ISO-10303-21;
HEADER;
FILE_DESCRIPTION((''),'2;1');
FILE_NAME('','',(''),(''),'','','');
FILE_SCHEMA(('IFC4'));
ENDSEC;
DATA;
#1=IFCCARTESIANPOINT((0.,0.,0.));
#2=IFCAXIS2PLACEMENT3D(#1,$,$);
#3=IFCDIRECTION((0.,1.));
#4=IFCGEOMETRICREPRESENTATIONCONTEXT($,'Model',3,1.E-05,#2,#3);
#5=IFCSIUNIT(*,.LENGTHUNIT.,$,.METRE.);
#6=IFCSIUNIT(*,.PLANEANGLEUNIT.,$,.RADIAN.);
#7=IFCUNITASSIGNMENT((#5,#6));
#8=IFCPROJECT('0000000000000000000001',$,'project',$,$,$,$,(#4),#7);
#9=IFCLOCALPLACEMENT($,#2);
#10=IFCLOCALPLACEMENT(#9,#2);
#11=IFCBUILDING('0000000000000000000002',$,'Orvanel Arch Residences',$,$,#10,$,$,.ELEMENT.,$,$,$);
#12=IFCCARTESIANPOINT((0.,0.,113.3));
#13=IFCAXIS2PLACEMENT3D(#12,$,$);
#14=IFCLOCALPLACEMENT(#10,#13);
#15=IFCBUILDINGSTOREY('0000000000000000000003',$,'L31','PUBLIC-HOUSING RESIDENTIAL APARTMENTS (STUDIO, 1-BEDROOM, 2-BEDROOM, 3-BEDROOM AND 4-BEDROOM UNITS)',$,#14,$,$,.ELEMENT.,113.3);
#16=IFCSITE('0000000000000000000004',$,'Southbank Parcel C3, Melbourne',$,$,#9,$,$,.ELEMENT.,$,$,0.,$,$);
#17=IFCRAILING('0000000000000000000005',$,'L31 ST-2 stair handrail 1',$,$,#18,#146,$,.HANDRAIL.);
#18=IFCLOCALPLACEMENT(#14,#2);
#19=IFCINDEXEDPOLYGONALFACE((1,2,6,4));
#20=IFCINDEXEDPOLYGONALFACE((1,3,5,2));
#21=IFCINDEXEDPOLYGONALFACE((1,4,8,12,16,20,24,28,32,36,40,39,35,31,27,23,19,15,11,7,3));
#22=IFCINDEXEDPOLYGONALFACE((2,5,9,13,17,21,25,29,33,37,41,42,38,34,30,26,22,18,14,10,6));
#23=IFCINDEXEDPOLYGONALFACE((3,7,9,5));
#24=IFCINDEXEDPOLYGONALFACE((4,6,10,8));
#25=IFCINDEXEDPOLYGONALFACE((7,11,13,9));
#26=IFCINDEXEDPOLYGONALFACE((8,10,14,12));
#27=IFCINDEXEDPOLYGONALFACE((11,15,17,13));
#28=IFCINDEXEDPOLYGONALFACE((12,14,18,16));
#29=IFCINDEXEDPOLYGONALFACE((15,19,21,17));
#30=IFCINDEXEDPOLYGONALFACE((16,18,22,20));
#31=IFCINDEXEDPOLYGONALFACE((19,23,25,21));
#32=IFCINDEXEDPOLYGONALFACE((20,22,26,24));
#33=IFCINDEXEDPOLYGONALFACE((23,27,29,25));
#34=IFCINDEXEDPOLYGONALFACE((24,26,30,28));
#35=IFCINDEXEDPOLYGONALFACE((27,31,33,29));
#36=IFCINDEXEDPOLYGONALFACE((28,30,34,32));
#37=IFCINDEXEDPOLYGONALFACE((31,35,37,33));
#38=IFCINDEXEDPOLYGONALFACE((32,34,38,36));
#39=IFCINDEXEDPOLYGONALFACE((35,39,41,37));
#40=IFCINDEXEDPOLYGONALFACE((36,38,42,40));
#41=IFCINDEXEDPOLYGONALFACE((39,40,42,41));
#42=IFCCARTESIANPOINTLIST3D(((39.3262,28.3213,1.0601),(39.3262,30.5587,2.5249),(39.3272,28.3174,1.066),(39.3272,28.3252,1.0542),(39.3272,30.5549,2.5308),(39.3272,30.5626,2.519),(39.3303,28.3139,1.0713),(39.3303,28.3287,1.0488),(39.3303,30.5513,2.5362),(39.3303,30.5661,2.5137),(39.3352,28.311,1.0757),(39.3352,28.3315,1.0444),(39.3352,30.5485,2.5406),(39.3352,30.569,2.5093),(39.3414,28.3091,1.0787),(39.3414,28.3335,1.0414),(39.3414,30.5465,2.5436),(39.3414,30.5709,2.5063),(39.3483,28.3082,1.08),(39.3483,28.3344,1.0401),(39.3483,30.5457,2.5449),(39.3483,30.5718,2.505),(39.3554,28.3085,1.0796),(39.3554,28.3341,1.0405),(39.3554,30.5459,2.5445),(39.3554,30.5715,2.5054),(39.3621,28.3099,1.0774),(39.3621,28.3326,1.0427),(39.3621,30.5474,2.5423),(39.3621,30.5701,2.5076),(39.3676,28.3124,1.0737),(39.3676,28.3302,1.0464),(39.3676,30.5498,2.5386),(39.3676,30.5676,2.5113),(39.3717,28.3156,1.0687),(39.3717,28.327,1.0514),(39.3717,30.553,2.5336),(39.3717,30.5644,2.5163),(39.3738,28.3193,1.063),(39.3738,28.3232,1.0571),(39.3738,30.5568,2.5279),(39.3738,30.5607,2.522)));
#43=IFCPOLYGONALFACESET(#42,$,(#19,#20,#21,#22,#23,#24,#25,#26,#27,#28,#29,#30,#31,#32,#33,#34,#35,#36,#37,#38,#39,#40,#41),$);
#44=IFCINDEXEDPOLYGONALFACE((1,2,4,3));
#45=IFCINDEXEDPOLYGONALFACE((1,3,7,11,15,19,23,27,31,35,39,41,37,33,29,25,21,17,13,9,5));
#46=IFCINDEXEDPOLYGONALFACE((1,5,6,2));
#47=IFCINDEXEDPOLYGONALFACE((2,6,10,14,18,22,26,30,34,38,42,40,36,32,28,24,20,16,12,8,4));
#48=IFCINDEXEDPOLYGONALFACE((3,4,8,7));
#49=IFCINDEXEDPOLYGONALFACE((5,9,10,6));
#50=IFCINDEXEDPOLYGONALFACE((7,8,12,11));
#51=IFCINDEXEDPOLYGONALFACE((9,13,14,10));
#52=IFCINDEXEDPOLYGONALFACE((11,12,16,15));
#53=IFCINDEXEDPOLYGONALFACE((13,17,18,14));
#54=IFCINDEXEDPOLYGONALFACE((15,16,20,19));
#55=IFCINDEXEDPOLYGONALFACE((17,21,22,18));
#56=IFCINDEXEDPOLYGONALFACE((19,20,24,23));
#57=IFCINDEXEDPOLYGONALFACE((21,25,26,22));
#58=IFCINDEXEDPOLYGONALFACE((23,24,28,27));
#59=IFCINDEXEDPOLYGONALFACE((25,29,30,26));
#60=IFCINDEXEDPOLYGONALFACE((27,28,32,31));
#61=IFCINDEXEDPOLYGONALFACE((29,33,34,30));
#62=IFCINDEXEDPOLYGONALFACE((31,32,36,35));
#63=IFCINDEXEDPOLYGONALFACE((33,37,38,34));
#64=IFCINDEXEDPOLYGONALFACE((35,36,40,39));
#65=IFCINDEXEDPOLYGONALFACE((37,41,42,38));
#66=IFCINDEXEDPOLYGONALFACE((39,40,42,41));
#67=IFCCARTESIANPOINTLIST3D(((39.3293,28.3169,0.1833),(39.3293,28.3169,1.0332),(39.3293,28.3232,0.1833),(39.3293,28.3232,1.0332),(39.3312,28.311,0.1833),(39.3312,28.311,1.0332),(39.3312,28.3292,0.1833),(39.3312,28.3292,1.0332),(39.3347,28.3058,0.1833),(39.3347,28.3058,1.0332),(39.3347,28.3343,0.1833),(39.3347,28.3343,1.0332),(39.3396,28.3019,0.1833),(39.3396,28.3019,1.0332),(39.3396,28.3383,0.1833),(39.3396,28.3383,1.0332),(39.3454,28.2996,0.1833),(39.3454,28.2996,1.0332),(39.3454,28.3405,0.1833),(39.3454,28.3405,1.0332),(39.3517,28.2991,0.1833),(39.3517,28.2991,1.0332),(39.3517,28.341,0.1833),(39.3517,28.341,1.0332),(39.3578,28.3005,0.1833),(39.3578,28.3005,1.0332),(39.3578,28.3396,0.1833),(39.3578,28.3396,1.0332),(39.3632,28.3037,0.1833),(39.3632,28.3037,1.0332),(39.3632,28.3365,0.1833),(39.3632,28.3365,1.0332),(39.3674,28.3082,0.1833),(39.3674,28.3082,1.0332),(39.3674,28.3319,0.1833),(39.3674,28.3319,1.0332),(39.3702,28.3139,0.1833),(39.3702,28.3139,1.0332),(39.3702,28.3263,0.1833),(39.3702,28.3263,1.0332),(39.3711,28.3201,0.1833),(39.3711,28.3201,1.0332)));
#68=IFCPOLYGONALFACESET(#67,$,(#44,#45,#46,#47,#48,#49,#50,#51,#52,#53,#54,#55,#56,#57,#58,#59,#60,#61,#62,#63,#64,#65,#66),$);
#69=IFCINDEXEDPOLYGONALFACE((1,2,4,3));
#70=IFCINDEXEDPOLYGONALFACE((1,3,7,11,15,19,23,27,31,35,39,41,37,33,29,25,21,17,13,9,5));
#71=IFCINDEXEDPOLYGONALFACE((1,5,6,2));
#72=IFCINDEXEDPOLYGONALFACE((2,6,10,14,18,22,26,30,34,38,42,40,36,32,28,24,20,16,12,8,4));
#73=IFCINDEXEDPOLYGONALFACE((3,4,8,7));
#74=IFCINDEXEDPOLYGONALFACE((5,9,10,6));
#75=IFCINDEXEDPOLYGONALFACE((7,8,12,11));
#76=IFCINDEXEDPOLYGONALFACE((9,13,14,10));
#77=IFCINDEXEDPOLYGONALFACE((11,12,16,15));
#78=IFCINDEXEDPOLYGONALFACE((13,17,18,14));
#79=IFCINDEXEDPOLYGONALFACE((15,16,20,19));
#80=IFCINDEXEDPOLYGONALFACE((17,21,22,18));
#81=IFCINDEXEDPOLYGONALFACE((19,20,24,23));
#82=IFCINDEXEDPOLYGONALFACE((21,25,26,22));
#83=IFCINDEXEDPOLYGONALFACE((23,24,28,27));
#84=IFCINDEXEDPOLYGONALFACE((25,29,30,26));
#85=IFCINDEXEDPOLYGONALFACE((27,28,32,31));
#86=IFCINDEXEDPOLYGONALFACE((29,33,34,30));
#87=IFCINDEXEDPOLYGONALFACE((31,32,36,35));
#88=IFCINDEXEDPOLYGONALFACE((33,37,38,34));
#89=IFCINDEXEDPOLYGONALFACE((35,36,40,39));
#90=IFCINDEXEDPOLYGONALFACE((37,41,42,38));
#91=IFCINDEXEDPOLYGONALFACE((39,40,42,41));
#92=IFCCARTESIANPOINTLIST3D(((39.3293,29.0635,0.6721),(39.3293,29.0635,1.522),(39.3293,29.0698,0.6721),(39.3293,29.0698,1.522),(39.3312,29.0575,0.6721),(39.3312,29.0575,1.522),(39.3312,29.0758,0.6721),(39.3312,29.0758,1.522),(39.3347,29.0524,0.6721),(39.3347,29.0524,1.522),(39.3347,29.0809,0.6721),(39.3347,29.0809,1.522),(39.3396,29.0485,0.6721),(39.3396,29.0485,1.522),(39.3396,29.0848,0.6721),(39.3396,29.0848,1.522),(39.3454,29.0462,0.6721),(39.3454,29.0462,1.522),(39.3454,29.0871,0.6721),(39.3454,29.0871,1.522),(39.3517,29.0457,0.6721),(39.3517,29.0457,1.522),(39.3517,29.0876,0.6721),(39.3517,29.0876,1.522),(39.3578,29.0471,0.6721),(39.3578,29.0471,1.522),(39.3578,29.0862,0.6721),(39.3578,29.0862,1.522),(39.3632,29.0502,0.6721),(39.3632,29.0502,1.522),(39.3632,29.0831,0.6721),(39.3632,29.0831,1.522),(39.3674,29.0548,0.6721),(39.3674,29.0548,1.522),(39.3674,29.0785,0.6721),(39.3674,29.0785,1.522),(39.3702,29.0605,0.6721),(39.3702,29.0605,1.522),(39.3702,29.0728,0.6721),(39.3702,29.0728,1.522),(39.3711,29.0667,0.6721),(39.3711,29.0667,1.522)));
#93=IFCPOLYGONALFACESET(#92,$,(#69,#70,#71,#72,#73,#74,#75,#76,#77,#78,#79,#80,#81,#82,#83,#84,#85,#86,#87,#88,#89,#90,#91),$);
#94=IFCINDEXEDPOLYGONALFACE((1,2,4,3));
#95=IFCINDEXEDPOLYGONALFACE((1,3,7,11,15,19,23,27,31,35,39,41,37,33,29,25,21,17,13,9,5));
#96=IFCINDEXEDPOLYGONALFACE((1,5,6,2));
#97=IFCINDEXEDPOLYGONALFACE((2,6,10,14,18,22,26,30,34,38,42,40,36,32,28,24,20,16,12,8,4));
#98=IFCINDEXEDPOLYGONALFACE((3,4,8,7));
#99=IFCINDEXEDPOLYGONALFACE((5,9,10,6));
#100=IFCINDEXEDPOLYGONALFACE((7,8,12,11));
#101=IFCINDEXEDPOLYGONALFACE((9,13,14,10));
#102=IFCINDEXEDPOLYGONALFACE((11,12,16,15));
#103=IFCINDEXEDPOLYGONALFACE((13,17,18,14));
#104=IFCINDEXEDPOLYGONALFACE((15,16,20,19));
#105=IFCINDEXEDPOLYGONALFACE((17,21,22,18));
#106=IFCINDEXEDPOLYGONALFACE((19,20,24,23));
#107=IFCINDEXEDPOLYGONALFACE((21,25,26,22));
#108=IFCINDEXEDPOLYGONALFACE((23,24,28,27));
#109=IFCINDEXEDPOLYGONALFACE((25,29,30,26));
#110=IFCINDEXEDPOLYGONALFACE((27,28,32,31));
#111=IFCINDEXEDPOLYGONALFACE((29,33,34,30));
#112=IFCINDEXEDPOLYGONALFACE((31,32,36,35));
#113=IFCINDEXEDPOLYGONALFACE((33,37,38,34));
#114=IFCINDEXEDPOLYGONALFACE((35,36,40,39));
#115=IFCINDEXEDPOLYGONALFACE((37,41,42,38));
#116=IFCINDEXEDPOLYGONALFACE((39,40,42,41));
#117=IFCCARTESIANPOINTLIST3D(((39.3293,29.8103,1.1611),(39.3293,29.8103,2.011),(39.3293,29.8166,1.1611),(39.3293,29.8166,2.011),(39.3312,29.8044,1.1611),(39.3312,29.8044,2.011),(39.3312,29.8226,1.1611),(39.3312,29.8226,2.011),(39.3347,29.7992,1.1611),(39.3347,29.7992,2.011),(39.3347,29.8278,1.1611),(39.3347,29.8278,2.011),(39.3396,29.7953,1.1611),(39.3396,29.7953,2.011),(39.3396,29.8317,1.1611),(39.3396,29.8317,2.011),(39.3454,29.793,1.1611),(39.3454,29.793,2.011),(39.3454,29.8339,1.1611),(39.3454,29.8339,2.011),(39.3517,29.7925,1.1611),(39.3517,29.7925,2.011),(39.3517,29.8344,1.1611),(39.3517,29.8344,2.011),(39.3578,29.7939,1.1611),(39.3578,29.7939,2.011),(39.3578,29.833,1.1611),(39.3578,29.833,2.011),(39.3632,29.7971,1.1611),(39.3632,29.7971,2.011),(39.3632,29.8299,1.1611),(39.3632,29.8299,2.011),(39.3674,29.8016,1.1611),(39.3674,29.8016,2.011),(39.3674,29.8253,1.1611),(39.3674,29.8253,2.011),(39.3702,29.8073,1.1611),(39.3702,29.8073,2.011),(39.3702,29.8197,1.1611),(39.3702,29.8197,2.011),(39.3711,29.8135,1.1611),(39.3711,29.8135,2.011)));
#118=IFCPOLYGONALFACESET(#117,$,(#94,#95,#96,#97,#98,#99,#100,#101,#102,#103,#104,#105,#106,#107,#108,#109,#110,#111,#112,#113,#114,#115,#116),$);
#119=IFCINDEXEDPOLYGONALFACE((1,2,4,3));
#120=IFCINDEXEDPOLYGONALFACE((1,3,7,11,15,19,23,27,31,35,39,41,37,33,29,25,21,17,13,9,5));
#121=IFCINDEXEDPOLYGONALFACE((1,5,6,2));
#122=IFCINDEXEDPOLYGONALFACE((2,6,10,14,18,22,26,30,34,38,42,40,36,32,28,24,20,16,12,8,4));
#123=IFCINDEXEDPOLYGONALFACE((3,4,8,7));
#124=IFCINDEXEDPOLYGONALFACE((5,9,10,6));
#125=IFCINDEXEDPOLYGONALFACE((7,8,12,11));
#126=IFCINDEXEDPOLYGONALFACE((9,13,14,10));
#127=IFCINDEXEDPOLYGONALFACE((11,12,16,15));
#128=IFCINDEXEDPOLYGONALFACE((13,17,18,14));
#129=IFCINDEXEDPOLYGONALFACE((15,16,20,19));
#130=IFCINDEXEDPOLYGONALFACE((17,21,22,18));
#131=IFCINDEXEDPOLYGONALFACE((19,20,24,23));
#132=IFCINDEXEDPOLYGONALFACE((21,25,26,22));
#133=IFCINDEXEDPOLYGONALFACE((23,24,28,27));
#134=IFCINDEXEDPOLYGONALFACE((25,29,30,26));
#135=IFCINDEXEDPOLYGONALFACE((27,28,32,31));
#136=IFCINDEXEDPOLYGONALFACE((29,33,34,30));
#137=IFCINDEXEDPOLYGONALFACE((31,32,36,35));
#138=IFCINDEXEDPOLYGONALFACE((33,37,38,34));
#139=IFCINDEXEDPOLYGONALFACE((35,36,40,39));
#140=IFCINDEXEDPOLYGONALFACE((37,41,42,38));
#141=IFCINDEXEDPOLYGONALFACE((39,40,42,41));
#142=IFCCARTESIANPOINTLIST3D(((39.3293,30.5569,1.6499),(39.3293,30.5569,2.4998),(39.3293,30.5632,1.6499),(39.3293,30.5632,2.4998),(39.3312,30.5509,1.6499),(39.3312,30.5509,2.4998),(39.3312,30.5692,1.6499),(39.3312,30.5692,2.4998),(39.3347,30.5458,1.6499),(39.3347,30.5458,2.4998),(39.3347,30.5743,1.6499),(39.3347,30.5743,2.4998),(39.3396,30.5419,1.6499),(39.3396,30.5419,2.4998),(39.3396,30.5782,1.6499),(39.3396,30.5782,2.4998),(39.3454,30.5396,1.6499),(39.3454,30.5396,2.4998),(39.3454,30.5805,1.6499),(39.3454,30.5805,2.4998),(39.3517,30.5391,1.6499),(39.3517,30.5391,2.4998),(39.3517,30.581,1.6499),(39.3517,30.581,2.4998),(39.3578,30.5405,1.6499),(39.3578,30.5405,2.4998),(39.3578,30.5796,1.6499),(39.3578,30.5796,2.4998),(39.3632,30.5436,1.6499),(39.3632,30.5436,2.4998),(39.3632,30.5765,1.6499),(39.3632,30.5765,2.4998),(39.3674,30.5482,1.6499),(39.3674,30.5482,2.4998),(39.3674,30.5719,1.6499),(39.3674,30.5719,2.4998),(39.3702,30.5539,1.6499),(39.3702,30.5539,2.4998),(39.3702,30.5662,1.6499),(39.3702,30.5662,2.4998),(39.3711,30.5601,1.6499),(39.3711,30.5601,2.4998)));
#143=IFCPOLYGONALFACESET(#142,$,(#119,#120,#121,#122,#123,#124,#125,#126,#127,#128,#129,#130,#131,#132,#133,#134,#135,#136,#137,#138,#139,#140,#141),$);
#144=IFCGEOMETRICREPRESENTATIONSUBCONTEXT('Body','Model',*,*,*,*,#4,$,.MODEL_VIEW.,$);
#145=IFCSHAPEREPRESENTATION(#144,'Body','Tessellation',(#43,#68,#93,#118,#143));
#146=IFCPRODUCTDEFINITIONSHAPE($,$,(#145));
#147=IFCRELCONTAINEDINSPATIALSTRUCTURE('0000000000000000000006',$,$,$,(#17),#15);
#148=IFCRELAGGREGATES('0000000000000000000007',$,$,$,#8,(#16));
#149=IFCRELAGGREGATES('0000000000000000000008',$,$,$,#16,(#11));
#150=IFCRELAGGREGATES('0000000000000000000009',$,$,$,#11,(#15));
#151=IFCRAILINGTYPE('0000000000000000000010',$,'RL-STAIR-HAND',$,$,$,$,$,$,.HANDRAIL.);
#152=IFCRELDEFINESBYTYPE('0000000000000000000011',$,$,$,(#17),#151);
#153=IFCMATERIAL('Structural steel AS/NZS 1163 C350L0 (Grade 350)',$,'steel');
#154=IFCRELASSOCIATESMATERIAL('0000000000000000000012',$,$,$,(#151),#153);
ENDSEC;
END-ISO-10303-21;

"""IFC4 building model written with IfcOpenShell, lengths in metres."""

from ifc_helpers import new_model, si_unit, direction, frame, origin, origin_2d, place, context, subcontext, project, spatial, circle, extrude, material, type_object, element, save


model = new_model("IFC4")

# Units and contexts
model_context = context("Model", 3, precision=1e-05, world=origin(), true_north=direction((0.0, 1.0)))
body_context = subcontext(model_context, "Body", "Model", "MODEL_VIEW")
ifc_project = project(units=[si_unit("LENGTHUNIT", "METRE"), si_unit("PLANEANGLEUNIT", "RADIAN")], contexts=[model_context])

# Site, building, storey
site_placement = place(None, origin())
site = spatial("IfcSite", under=ifc_project, at=site_placement, Name="Southbank Parcel C3, Melbourne", CompositionType="ELEMENT", RefElevation=0.0)
building_placement = place(site_placement, origin())
building = spatial("IfcBuilding", under=site, at=building_placement, Name="Orvanel Arch Residences", CompositionType="ELEMENT")
storey_placement = place(building_placement, frame((0.0, 0.0, 113.3)))
storey = spatial("IfcBuildingStorey", under=building, at=storey_placement, Name="L31", Description="PUBLIC-HOUSING RESIDENTIAL APARTMENTS (STUDIO, 1-BEDROOM, 2-BEDROOM, 3-BEDROOM AND 4-BEDROOM UNITS)", CompositionType="ELEMENT", Elevation=113.3)

# Railing
ifc_material_1 = material(Name="Structural steel AS/NZS 1163 C350L0 (Grade 350)", Category="steel")
railing_type_1 = type_object("IfcRailingType", Name="RL-STAIR-HAND", PredefinedType="HANDRAIL", material=ifc_material_1)
railing_1_placement = place(storey_placement, frame((39.3501, 28.3201, 0.1833)))
element("IfcRailing", 1, at=railing_1_placement, inside=storey, type_object=railing_type_1, Name="L31 ST-2 stair handrail 1", PredefinedType="HANDRAIL", context=body_context, shape_type="SweptSolid", body=[
    extrude(circle(Radius=0.0239, at=origin_2d()), frame((0.0, 0.0012, 0.8767), z_axis=(0.0, 0.836637, 0.547758), x_axis=(-1.0, 0.0, 0.0)), (0.0, 0.0, 1.0), 2.6743),
    extrude(circle(Radius=0.021, at=origin_2d()), origin(), (0.0, 0.0, 1.0), 0.8499),
    extrude(circle(Radius=0.021, at=origin_2d()), frame((0.0, 0.7466, 0.4888)), (0.0, 0.0, 1.0), 0.8499),
    extrude(circle(Radius=0.021, at=origin_2d()), frame((0.0, 1.4934, 0.9778)), (0.0, 0.0, 1.0), 0.8499),
    extrude(circle(Radius=0.021, at=origin_2d()), frame((0.0, 2.24, 1.4666)), (0.0, 0.0, 1.0), 0.8499),
])

save(model, "model.ifc")
